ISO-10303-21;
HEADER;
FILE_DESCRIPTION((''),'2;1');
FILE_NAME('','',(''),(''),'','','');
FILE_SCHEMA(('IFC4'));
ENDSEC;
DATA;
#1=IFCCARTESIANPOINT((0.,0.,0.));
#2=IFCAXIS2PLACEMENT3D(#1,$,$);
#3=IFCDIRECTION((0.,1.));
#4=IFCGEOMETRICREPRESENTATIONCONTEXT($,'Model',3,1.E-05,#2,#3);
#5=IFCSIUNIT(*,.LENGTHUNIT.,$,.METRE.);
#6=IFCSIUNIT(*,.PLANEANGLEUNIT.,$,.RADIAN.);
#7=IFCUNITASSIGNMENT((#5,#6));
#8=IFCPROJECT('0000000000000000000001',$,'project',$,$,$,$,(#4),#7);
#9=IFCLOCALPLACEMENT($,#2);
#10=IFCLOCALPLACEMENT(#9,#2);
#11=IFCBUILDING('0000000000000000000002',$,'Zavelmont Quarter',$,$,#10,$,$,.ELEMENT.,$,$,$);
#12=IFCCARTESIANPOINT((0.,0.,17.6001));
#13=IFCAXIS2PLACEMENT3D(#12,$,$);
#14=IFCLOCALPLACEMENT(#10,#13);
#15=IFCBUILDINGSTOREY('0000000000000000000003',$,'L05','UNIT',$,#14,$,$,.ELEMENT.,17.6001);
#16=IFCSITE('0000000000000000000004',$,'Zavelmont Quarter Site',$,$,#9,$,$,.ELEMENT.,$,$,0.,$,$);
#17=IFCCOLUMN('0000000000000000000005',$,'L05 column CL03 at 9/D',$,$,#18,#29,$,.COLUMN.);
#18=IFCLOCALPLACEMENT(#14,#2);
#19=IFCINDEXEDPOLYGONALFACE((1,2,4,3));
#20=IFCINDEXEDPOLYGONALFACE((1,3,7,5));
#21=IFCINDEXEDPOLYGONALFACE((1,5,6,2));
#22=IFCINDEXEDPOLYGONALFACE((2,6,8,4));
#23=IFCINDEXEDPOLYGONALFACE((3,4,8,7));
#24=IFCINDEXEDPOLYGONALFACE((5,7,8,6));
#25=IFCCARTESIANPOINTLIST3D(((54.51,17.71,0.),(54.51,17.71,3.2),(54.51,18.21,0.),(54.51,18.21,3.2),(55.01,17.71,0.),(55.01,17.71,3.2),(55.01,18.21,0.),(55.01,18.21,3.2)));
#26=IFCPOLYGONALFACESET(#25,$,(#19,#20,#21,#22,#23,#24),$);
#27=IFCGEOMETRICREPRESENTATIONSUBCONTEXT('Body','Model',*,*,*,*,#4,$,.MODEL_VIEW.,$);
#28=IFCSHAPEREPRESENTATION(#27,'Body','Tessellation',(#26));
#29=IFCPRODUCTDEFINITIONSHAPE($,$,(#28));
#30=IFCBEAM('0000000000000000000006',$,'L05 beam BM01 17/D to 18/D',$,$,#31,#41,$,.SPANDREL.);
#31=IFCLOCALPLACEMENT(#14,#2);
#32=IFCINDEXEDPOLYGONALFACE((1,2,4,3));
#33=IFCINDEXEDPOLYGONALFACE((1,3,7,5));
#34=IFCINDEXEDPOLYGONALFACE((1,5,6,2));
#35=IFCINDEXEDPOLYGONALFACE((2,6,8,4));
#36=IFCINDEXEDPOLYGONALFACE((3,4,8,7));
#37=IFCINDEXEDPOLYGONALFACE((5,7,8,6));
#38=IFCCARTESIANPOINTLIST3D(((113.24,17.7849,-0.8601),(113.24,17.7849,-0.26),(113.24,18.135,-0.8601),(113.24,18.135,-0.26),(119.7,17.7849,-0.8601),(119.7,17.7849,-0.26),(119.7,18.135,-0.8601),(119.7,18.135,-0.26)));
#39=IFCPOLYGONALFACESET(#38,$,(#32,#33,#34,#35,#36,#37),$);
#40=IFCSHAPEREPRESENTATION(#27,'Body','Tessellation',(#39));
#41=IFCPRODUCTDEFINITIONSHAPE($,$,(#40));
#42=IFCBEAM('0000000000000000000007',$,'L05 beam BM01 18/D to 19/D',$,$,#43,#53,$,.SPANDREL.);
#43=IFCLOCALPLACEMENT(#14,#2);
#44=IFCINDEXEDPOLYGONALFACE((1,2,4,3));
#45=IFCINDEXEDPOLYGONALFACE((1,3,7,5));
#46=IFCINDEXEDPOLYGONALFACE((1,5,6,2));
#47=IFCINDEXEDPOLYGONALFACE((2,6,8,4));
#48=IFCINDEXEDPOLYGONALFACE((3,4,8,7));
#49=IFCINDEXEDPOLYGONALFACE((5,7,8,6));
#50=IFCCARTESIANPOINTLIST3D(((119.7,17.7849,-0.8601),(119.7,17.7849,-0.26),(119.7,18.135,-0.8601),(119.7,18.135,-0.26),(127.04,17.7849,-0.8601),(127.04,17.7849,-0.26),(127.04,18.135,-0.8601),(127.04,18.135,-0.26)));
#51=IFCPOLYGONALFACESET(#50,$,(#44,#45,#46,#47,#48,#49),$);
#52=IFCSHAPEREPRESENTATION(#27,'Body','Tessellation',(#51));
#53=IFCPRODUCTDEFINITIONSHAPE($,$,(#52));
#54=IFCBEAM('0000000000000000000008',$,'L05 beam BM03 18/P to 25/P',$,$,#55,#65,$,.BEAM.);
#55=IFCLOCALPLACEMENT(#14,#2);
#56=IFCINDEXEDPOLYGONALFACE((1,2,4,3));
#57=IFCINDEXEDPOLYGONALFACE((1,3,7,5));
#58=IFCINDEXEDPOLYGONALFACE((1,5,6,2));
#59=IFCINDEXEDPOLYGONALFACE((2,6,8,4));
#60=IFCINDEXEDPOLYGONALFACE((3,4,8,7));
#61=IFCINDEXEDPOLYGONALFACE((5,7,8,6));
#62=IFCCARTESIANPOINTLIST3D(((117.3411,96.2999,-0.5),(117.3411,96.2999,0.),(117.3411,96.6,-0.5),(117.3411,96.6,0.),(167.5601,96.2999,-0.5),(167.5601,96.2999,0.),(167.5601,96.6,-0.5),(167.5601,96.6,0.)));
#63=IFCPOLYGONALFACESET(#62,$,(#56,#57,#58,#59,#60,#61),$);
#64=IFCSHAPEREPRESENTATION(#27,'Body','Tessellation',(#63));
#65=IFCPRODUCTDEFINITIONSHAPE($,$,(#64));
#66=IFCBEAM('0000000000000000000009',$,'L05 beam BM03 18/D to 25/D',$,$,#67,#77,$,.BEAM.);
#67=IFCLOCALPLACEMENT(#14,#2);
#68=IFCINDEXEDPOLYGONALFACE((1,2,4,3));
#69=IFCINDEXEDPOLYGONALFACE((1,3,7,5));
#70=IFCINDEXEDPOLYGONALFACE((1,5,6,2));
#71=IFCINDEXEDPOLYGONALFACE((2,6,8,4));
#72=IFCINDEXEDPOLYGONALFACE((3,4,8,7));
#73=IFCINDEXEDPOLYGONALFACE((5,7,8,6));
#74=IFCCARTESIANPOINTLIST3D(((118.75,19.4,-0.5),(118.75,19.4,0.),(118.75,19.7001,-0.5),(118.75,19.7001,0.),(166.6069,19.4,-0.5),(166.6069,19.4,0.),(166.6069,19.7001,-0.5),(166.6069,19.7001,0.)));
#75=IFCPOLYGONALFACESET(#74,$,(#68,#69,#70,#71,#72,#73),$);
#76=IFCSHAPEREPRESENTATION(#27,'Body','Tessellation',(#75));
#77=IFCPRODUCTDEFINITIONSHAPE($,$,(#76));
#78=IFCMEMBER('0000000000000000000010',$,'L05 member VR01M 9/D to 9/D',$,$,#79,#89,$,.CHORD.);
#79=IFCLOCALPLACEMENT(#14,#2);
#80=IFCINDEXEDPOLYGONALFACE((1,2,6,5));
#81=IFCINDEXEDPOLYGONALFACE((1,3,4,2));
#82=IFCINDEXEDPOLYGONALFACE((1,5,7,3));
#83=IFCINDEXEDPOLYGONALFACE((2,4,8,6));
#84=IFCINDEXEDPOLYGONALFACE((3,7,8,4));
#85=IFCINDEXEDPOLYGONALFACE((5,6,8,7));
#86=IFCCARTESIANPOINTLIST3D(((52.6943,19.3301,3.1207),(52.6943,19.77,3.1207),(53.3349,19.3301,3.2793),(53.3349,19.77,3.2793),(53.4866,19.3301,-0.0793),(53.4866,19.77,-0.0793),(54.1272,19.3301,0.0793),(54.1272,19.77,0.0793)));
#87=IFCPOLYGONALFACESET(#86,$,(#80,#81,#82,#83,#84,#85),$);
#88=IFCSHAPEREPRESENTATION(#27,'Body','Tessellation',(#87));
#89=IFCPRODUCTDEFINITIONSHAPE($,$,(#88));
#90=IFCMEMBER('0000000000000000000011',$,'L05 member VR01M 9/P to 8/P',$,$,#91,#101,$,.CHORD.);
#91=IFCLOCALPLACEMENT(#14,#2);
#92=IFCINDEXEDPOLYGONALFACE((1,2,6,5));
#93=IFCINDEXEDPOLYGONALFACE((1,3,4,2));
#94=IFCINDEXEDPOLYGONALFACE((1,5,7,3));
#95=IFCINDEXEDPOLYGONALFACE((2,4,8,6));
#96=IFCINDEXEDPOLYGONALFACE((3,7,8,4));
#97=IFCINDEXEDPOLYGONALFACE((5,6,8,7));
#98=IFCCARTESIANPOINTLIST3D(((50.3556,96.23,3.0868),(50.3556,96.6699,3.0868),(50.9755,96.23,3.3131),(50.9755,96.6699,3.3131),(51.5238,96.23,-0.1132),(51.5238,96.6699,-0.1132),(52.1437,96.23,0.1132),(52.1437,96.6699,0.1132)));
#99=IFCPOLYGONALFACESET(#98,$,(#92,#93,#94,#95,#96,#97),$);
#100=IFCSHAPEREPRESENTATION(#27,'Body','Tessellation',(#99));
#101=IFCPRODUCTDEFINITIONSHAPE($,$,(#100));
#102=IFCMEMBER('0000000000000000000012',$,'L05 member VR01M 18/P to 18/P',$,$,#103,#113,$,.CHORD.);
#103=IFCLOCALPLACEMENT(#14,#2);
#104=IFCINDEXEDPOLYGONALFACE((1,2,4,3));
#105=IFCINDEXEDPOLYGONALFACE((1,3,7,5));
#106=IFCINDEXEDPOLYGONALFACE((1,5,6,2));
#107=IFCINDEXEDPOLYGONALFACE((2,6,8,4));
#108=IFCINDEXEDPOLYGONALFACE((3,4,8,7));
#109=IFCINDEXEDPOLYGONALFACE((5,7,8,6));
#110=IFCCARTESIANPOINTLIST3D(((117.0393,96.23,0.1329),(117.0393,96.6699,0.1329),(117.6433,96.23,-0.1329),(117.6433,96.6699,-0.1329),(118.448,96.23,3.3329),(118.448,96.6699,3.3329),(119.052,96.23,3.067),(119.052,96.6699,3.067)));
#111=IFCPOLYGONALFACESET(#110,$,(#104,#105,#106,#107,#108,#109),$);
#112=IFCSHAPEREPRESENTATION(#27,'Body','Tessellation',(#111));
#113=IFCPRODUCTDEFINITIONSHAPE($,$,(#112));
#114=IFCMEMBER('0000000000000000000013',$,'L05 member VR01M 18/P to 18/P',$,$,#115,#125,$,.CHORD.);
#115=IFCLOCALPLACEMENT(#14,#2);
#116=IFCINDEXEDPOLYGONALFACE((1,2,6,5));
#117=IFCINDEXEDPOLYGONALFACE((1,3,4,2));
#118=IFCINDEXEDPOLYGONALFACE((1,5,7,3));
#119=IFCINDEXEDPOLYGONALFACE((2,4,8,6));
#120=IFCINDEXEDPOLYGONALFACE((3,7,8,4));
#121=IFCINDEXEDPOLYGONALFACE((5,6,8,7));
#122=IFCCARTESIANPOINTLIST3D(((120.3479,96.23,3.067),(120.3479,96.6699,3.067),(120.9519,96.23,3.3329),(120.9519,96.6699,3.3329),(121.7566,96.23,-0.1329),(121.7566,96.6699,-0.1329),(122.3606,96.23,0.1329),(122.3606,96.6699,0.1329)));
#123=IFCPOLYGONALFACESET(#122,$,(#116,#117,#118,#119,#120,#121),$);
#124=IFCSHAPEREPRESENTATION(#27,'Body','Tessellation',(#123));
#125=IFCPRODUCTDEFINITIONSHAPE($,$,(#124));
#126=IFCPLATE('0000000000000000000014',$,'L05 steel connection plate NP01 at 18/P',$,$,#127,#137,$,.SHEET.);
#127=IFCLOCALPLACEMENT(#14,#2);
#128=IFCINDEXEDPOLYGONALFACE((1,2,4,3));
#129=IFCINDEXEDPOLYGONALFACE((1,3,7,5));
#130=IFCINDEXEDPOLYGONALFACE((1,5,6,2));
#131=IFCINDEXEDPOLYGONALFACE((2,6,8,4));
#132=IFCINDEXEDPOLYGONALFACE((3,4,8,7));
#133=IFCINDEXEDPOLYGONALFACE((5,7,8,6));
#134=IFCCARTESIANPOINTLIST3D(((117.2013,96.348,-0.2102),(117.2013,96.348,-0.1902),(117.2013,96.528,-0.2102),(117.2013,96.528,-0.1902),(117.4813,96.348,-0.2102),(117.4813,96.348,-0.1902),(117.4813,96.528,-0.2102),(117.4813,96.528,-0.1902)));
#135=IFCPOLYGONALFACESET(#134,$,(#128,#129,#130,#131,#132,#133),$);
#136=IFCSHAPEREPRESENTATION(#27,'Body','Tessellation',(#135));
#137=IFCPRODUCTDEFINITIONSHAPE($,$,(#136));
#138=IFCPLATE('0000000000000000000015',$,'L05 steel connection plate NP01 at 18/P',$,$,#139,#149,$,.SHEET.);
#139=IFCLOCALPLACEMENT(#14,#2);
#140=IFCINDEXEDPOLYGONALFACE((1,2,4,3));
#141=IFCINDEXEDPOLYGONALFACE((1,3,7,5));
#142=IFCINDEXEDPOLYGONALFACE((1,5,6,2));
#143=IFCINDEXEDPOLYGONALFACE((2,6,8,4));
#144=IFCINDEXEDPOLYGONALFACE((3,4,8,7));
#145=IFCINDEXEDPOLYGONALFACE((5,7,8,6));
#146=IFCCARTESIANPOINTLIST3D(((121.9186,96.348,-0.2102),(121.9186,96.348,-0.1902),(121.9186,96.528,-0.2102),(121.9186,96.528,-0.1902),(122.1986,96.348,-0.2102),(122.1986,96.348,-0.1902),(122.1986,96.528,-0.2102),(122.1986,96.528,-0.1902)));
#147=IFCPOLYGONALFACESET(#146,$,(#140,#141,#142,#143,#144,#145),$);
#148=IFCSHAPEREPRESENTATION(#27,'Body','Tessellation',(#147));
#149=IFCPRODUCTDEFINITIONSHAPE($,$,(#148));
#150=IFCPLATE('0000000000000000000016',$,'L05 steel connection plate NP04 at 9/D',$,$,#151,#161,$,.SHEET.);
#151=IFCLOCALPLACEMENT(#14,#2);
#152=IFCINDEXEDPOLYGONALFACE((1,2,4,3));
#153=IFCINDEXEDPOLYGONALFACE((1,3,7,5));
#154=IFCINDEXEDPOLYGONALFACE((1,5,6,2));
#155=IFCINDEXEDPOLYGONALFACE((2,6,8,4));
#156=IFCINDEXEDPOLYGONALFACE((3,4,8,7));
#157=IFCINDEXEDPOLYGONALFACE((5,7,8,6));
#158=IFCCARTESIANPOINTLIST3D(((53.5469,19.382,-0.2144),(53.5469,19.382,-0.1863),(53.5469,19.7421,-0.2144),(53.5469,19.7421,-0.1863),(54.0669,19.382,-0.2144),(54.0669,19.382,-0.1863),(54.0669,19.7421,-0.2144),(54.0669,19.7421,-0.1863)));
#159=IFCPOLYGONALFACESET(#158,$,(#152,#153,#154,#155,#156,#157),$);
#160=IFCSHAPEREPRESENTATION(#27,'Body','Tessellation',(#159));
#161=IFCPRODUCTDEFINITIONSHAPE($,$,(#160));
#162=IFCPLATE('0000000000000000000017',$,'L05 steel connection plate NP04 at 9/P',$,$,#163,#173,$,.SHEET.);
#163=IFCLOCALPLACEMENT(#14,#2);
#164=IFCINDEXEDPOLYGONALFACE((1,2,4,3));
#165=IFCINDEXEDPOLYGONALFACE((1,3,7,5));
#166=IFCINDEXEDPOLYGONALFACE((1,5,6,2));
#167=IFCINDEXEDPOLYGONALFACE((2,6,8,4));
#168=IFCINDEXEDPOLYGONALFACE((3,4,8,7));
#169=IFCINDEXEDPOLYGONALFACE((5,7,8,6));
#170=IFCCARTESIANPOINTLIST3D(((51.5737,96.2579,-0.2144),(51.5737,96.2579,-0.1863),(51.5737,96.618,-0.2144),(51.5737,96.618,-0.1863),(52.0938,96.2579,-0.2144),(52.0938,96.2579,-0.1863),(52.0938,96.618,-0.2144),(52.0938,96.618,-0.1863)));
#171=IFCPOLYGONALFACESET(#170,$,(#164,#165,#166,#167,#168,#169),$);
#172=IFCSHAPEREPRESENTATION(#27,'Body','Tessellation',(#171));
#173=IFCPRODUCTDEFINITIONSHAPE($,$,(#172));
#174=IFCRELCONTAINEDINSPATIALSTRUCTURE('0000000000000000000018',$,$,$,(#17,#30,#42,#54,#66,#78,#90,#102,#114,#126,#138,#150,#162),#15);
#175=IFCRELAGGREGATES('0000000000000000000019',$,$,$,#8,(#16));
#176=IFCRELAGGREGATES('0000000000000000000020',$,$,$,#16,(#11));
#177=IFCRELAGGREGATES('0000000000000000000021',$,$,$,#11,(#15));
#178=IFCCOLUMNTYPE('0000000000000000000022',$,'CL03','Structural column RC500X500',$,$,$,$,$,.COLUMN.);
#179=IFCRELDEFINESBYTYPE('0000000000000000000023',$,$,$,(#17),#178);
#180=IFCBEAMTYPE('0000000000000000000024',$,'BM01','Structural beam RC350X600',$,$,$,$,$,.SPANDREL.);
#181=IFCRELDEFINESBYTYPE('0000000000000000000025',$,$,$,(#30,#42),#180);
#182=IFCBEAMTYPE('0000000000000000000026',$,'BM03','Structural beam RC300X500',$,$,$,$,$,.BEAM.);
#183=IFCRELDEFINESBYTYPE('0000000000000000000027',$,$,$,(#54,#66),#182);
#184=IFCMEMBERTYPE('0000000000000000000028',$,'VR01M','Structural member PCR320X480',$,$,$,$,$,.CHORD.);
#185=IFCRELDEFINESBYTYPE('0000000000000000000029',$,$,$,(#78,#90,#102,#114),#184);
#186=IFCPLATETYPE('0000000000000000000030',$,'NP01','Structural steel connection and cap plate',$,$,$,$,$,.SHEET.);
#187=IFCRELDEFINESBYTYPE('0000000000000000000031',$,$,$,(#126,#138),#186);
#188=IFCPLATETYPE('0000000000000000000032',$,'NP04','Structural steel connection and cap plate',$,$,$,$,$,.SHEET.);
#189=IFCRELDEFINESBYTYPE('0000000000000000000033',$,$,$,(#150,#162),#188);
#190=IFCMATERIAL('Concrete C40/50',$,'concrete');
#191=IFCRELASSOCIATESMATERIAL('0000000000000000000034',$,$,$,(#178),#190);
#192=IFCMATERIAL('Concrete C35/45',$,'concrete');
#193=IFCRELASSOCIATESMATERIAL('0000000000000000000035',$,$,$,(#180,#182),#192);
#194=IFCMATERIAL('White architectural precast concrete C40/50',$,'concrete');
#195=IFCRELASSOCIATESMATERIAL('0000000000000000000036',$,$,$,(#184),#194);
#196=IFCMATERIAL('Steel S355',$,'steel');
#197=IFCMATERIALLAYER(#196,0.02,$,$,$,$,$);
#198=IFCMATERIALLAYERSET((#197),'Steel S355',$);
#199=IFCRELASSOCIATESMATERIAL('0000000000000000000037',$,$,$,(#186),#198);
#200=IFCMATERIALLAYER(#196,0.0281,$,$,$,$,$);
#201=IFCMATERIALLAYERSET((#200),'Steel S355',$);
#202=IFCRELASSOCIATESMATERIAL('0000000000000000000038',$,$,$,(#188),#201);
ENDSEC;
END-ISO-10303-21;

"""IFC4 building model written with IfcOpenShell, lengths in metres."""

from ifc_helpers import new_model, si_unit, direction, frame, origin, origin_2d, place, context, subcontext, project, spatial, rectangle, extrude, material, layer, layer_set, material_profile, profile_set, type_object, element, save


model = new_model("IFC4")

# Units and contexts
model_context = context("Model", 3, precision=1e-05, world=origin(), true_north=direction((0.0, 1.0)))
body_context = subcontext(model_context, "Body", "Model", "MODEL_VIEW")
ifc_project = project(units=[si_unit("LENGTHUNIT", "METRE"), si_unit("PLANEANGLEUNIT", "RADIAN")], contexts=[model_context])

# Site, building, storey
site_placement = place(None, origin())
site = spatial("IfcSite", under=ifc_project, at=site_placement, Name="Zavelmont Quarter Site", CompositionType="ELEMENT", RefElevation=0.0)
building_placement = place(site_placement, origin())
building = spatial("IfcBuilding", under=site, at=building_placement, Name="Zavelmont Quarter", CompositionType="ELEMENT")
storey_placement = place(building_placement, frame((0.0, 0.0, 17.6001)))
storey = spatial("IfcBuildingStorey", under=building, at=storey_placement, Name="L05", Description="UNIT", CompositionType="ELEMENT", Elevation=17.6001)

# Column
ifc_material_1 = material(Name="Concrete C40/50", Category="concrete")
ifc_material_profile_1 = material_profile(ifc_material_1, rectangle(XDim=0.5, YDim=0.5, at=origin_2d()), Name="RC500X500")
ifc_profile_set_1 = profile_set([ifc_material_profile_1], Name="Concrete C40/50")
column_type = type_object("IfcColumnType", Name="CL03", Description="Structural column RC500X500", PredefinedType="COLUMN", material=ifc_profile_set_1)
column_placement = place(storey_placement, frame((54.76, 17.96, 0.0), z_axis=(0.0, 0.0, 1.0), x_axis=(1.0, 0.0, 0.0)))
element("IfcColumn", 1, at=column_placement, inside=storey, type_object=column_type, Name="L05 column CL03 at 9/D", PredefinedType="COLUMN", context=body_context, shape_type="SweptSolid", body=[
    extrude(rectangle(XDim=0.5, YDim=0.5, at=origin_2d()), origin(), (0.0, 0.0, 1.0), 3.2),
])

# Beams
ifc_material_2 = material(Name="Concrete C35/45", Category="concrete")
ifc_material_profile_2 = material_profile(ifc_material_2, rectangle(XDim=0.3501, YDim=0.6001, at=origin_2d()), Name="RC350X600")
ifc_profile_set_2 = profile_set([ifc_material_profile_2], Name="Concrete C35/45")
beam_type_1 = type_object("IfcBeamType", Name="BM01", Description="Structural beam RC350X600", PredefinedType="SPANDREL", material=ifc_profile_set_2)
beam_1_placement = place(storey_placement, frame((113.24, 17.96, -0.5601), z_axis=(1.0, 0.0, 0.0), x_axis=(0.0, 1.0, 0.0)))
element("IfcBeam", 2, at=beam_1_placement, inside=storey, type_object=beam_type_1, Name="L05 beam BM01 17/D to 18/D", PredefinedType="SPANDREL", context=body_context, shape_type="SweptSolid", body=[
    extrude(rectangle(XDim=0.3501, YDim=0.6001, at=origin_2d()), origin(), (0.0, 0.0, 1.0), 6.46),
])
beam_2_placement = place(storey_placement, frame((119.7, 17.96, -0.5601), z_axis=(1.0, 0.0, 0.0), x_axis=(0.0, 1.0, 0.0)))
element("IfcBeam", 3, at=beam_2_placement, inside=storey, type_object=beam_type_1, Name="L05 beam BM01 18/D to 19/D", PredefinedType="SPANDREL", context=body_context, shape_type="SweptSolid", body=[
    extrude(rectangle(XDim=0.3501, YDim=0.6001, at=origin_2d()), origin(), (0.0, 0.0, 1.0), 7.3401),
])
ifc_material_profile_3 = material_profile(ifc_material_2, rectangle(XDim=0.3, YDim=0.5, at=origin_2d()), Name="RC300X500")
ifc_profile_set_3 = profile_set([ifc_material_profile_3], Name="Concrete C35/45")
beam_type_2 = type_object("IfcBeamType", Name="BM03", Description="Structural beam RC300X500", PredefinedType="BEAM", material=ifc_profile_set_3)
beam_3_placement = place(storey_placement, frame((117.3411, 96.45, -0.25), z_axis=(1.0, 0.0, 0.0), x_axis=(0.0, 1.0, 0.0)))
element("IfcBeam", 4, at=beam_3_placement, inside=storey, type_object=beam_type_2, Name="L05 beam BM03 18/P to 25/P", PredefinedType="BEAM", context=body_context, shape_type="SweptSolid", body=[
    extrude(rectangle(XDim=0.3, YDim=0.5, at=origin_2d()), origin(), (0.0, 0.0, 1.0), 50.219),
])
beam_4_placement = place(storey_placement, frame((118.75, 19.55, -0.25), z_axis=(1.0, 0.0, 0.0), x_axis=(0.0, 1.0, 0.0)))
element("IfcBeam", 5, at=beam_4_placement, inside=storey, type_object=beam_type_2, Name="L05 beam BM03 18/D to 25/D", PredefinedType="BEAM", context=body_context, shape_type="SweptSolid", body=[
    extrude(rectangle(XDim=0.3, YDim=0.5, at=origin_2d()), origin(), (0.0, 0.0, 1.0), 47.8569),
])

# Members
ifc_material_3 = material(Name="White architectural precast concrete C40/50", Category="concrete")
ifc_material_profile_4 = material_profile(ifc_material_3, rectangle(XDim=0.4399, YDim=0.6599, at=origin_2d()), Name="PCR320X480")
ifc_profile_set_4 = profile_set([ifc_material_profile_4], Name="White architectural precast concrete C40/50")
member_type = type_object("IfcMemberType", Name="VR01M", Description="Structural member PCR320X480", PredefinedType="CHORD", material=ifc_profile_set_4)
member_1_placement = place(storey_placement, frame((53.8069, 19.55, 0.0), z_axis=(-0.240322, 0.0, 0.970693), x_axis=(0.0, -1.0, 0.0)))
element("IfcMember", 6, at=member_1_placement, inside=storey, type_object=member_type, Name="L05 member VR01M 9/D to 9/D", PredefinedType="CHORD", context=body_context, shape_type="SweptSolid", body=[
    extrude(rectangle(XDim=0.4399, YDim=0.6599, at=origin_2d()), origin(), (0.0, 0.0, 1.0), 3.2966),
])
member_2_placement = place(storey_placement, frame((51.8337, 96.45, 0.0), z_axis=(-0.342934, 0.0, 0.93936), x_axis=(0.0, -1.0, 0.0)))
element("IfcMember", 7, at=member_2_placement, inside=storey, type_object=member_type, Name="L05 member VR01M 9/P to 8/P", PredefinedType="CHORD", context=body_context, shape_type="SweptSolid", body=[
    extrude(rectangle(XDim=0.4399, YDim=0.6599, at=origin_2d()), origin(), (0.0, 0.0, 1.0), 3.4065),
])
for number, where, z_axis, x_axis, name in (
    (8, (117.3413, 96.45, 0.0), (0.402909, 0.0, 0.91524), (0.0, 1.0, 0.0), "L05 member VR01M 18/P to 18/P"),
    (9, (122.0586, 96.45, 0.0), (-0.402909, 0.0, 0.91524), (0.0, -1.0, 0.0), "L05 member VR01M 18/P to 18/P"),
):
    element("IfcMember", number, at=place(storey_placement, frame(where, z_axis=z_axis, x_axis=x_axis)), inside=storey, type_object=member_type, Name=name, PredefinedType="CHORD", context=body_context, shape_type="SweptSolid", body=[
        extrude(rectangle(XDim=0.4399, YDim=0.6599, at=origin_2d()), origin(), (0.0, 0.0, 1.0), 3.4963),
    ])

# Plates
ifc_material_4 = material(Name="Steel S355", Category="steel")
ifc_layer_1 = layer(ifc_material_4, 0.02)
ifc_layer_set_1 = layer_set([ifc_layer_1], Name="Steel S355")
plate_type_1 = type_object("IfcPlateType", Name="NP01", Description="Structural steel connection and cap plate", PredefinedType="SHEET", material=ifc_layer_set_1)
for number, where, z_axis, x_axis, name in (
    (10, (117.3413, 96.438, -0.2102), (0.0, 0.0, 1.0), (1.0, 0.0, 0.0), "L05 steel connection plate NP01 at 18/P"),
    (11, (122.0586, 96.438, -0.2102), (0.0, 0.0, 1.0), (1.0, 0.0, 0.0), "L05 steel connection plate NP01 at 18/P"),
):
    element("IfcPlate", number, at=place(storey_placement, frame(where, z_axis=z_axis, x_axis=x_axis)), inside=storey, type_object=plate_type_1, Name=name, PredefinedType="SHEET", context=body_context, shape_type="SweptSolid", body=[
        extrude(rectangle(XDim=0.28, YDim=0.1799, at=origin_2d()), origin(), (0.0, 0.0, 1.0), 0.02),
    ])
ifc_layer_2 = layer(ifc_material_4, 0.0281)
ifc_layer_set_2 = layer_set([ifc_layer_2], Name="Steel S355")
plate_type_2 = type_object("IfcPlateType", Name="NP04", Description="Structural steel connection and cap plate", PredefinedType="SHEET", material=ifc_layer_set_2)
for number, where, z_axis, x_axis, name in (
    (12, (53.8069, 19.562, -0.2144), (0.0, 0.0, 1.0), (1.0, 0.0, 0.0), "L05 steel connection plate NP04 at 9/D"),
    (13, (51.8337, 96.438, -0.2144), (0.0, 0.0, 1.0), (1.0, 0.0, 0.0), "L05 steel connection plate NP04 at 9/P"),
):
    element("IfcPlate", number, at=place(storey_placement, frame(where, z_axis=z_axis, x_axis=x_axis)), inside=storey, type_object=plate_type_2, Name=name, PredefinedType="SHEET", context=body_context, shape_type="SweptSolid", body=[
        extrude(rectangle(XDim=0.52, YDim=0.3601, at=origin_2d()), origin(), (0.0, 0.0, 1.0), 0.0281),
    ])

save(model, "model.ifc")
